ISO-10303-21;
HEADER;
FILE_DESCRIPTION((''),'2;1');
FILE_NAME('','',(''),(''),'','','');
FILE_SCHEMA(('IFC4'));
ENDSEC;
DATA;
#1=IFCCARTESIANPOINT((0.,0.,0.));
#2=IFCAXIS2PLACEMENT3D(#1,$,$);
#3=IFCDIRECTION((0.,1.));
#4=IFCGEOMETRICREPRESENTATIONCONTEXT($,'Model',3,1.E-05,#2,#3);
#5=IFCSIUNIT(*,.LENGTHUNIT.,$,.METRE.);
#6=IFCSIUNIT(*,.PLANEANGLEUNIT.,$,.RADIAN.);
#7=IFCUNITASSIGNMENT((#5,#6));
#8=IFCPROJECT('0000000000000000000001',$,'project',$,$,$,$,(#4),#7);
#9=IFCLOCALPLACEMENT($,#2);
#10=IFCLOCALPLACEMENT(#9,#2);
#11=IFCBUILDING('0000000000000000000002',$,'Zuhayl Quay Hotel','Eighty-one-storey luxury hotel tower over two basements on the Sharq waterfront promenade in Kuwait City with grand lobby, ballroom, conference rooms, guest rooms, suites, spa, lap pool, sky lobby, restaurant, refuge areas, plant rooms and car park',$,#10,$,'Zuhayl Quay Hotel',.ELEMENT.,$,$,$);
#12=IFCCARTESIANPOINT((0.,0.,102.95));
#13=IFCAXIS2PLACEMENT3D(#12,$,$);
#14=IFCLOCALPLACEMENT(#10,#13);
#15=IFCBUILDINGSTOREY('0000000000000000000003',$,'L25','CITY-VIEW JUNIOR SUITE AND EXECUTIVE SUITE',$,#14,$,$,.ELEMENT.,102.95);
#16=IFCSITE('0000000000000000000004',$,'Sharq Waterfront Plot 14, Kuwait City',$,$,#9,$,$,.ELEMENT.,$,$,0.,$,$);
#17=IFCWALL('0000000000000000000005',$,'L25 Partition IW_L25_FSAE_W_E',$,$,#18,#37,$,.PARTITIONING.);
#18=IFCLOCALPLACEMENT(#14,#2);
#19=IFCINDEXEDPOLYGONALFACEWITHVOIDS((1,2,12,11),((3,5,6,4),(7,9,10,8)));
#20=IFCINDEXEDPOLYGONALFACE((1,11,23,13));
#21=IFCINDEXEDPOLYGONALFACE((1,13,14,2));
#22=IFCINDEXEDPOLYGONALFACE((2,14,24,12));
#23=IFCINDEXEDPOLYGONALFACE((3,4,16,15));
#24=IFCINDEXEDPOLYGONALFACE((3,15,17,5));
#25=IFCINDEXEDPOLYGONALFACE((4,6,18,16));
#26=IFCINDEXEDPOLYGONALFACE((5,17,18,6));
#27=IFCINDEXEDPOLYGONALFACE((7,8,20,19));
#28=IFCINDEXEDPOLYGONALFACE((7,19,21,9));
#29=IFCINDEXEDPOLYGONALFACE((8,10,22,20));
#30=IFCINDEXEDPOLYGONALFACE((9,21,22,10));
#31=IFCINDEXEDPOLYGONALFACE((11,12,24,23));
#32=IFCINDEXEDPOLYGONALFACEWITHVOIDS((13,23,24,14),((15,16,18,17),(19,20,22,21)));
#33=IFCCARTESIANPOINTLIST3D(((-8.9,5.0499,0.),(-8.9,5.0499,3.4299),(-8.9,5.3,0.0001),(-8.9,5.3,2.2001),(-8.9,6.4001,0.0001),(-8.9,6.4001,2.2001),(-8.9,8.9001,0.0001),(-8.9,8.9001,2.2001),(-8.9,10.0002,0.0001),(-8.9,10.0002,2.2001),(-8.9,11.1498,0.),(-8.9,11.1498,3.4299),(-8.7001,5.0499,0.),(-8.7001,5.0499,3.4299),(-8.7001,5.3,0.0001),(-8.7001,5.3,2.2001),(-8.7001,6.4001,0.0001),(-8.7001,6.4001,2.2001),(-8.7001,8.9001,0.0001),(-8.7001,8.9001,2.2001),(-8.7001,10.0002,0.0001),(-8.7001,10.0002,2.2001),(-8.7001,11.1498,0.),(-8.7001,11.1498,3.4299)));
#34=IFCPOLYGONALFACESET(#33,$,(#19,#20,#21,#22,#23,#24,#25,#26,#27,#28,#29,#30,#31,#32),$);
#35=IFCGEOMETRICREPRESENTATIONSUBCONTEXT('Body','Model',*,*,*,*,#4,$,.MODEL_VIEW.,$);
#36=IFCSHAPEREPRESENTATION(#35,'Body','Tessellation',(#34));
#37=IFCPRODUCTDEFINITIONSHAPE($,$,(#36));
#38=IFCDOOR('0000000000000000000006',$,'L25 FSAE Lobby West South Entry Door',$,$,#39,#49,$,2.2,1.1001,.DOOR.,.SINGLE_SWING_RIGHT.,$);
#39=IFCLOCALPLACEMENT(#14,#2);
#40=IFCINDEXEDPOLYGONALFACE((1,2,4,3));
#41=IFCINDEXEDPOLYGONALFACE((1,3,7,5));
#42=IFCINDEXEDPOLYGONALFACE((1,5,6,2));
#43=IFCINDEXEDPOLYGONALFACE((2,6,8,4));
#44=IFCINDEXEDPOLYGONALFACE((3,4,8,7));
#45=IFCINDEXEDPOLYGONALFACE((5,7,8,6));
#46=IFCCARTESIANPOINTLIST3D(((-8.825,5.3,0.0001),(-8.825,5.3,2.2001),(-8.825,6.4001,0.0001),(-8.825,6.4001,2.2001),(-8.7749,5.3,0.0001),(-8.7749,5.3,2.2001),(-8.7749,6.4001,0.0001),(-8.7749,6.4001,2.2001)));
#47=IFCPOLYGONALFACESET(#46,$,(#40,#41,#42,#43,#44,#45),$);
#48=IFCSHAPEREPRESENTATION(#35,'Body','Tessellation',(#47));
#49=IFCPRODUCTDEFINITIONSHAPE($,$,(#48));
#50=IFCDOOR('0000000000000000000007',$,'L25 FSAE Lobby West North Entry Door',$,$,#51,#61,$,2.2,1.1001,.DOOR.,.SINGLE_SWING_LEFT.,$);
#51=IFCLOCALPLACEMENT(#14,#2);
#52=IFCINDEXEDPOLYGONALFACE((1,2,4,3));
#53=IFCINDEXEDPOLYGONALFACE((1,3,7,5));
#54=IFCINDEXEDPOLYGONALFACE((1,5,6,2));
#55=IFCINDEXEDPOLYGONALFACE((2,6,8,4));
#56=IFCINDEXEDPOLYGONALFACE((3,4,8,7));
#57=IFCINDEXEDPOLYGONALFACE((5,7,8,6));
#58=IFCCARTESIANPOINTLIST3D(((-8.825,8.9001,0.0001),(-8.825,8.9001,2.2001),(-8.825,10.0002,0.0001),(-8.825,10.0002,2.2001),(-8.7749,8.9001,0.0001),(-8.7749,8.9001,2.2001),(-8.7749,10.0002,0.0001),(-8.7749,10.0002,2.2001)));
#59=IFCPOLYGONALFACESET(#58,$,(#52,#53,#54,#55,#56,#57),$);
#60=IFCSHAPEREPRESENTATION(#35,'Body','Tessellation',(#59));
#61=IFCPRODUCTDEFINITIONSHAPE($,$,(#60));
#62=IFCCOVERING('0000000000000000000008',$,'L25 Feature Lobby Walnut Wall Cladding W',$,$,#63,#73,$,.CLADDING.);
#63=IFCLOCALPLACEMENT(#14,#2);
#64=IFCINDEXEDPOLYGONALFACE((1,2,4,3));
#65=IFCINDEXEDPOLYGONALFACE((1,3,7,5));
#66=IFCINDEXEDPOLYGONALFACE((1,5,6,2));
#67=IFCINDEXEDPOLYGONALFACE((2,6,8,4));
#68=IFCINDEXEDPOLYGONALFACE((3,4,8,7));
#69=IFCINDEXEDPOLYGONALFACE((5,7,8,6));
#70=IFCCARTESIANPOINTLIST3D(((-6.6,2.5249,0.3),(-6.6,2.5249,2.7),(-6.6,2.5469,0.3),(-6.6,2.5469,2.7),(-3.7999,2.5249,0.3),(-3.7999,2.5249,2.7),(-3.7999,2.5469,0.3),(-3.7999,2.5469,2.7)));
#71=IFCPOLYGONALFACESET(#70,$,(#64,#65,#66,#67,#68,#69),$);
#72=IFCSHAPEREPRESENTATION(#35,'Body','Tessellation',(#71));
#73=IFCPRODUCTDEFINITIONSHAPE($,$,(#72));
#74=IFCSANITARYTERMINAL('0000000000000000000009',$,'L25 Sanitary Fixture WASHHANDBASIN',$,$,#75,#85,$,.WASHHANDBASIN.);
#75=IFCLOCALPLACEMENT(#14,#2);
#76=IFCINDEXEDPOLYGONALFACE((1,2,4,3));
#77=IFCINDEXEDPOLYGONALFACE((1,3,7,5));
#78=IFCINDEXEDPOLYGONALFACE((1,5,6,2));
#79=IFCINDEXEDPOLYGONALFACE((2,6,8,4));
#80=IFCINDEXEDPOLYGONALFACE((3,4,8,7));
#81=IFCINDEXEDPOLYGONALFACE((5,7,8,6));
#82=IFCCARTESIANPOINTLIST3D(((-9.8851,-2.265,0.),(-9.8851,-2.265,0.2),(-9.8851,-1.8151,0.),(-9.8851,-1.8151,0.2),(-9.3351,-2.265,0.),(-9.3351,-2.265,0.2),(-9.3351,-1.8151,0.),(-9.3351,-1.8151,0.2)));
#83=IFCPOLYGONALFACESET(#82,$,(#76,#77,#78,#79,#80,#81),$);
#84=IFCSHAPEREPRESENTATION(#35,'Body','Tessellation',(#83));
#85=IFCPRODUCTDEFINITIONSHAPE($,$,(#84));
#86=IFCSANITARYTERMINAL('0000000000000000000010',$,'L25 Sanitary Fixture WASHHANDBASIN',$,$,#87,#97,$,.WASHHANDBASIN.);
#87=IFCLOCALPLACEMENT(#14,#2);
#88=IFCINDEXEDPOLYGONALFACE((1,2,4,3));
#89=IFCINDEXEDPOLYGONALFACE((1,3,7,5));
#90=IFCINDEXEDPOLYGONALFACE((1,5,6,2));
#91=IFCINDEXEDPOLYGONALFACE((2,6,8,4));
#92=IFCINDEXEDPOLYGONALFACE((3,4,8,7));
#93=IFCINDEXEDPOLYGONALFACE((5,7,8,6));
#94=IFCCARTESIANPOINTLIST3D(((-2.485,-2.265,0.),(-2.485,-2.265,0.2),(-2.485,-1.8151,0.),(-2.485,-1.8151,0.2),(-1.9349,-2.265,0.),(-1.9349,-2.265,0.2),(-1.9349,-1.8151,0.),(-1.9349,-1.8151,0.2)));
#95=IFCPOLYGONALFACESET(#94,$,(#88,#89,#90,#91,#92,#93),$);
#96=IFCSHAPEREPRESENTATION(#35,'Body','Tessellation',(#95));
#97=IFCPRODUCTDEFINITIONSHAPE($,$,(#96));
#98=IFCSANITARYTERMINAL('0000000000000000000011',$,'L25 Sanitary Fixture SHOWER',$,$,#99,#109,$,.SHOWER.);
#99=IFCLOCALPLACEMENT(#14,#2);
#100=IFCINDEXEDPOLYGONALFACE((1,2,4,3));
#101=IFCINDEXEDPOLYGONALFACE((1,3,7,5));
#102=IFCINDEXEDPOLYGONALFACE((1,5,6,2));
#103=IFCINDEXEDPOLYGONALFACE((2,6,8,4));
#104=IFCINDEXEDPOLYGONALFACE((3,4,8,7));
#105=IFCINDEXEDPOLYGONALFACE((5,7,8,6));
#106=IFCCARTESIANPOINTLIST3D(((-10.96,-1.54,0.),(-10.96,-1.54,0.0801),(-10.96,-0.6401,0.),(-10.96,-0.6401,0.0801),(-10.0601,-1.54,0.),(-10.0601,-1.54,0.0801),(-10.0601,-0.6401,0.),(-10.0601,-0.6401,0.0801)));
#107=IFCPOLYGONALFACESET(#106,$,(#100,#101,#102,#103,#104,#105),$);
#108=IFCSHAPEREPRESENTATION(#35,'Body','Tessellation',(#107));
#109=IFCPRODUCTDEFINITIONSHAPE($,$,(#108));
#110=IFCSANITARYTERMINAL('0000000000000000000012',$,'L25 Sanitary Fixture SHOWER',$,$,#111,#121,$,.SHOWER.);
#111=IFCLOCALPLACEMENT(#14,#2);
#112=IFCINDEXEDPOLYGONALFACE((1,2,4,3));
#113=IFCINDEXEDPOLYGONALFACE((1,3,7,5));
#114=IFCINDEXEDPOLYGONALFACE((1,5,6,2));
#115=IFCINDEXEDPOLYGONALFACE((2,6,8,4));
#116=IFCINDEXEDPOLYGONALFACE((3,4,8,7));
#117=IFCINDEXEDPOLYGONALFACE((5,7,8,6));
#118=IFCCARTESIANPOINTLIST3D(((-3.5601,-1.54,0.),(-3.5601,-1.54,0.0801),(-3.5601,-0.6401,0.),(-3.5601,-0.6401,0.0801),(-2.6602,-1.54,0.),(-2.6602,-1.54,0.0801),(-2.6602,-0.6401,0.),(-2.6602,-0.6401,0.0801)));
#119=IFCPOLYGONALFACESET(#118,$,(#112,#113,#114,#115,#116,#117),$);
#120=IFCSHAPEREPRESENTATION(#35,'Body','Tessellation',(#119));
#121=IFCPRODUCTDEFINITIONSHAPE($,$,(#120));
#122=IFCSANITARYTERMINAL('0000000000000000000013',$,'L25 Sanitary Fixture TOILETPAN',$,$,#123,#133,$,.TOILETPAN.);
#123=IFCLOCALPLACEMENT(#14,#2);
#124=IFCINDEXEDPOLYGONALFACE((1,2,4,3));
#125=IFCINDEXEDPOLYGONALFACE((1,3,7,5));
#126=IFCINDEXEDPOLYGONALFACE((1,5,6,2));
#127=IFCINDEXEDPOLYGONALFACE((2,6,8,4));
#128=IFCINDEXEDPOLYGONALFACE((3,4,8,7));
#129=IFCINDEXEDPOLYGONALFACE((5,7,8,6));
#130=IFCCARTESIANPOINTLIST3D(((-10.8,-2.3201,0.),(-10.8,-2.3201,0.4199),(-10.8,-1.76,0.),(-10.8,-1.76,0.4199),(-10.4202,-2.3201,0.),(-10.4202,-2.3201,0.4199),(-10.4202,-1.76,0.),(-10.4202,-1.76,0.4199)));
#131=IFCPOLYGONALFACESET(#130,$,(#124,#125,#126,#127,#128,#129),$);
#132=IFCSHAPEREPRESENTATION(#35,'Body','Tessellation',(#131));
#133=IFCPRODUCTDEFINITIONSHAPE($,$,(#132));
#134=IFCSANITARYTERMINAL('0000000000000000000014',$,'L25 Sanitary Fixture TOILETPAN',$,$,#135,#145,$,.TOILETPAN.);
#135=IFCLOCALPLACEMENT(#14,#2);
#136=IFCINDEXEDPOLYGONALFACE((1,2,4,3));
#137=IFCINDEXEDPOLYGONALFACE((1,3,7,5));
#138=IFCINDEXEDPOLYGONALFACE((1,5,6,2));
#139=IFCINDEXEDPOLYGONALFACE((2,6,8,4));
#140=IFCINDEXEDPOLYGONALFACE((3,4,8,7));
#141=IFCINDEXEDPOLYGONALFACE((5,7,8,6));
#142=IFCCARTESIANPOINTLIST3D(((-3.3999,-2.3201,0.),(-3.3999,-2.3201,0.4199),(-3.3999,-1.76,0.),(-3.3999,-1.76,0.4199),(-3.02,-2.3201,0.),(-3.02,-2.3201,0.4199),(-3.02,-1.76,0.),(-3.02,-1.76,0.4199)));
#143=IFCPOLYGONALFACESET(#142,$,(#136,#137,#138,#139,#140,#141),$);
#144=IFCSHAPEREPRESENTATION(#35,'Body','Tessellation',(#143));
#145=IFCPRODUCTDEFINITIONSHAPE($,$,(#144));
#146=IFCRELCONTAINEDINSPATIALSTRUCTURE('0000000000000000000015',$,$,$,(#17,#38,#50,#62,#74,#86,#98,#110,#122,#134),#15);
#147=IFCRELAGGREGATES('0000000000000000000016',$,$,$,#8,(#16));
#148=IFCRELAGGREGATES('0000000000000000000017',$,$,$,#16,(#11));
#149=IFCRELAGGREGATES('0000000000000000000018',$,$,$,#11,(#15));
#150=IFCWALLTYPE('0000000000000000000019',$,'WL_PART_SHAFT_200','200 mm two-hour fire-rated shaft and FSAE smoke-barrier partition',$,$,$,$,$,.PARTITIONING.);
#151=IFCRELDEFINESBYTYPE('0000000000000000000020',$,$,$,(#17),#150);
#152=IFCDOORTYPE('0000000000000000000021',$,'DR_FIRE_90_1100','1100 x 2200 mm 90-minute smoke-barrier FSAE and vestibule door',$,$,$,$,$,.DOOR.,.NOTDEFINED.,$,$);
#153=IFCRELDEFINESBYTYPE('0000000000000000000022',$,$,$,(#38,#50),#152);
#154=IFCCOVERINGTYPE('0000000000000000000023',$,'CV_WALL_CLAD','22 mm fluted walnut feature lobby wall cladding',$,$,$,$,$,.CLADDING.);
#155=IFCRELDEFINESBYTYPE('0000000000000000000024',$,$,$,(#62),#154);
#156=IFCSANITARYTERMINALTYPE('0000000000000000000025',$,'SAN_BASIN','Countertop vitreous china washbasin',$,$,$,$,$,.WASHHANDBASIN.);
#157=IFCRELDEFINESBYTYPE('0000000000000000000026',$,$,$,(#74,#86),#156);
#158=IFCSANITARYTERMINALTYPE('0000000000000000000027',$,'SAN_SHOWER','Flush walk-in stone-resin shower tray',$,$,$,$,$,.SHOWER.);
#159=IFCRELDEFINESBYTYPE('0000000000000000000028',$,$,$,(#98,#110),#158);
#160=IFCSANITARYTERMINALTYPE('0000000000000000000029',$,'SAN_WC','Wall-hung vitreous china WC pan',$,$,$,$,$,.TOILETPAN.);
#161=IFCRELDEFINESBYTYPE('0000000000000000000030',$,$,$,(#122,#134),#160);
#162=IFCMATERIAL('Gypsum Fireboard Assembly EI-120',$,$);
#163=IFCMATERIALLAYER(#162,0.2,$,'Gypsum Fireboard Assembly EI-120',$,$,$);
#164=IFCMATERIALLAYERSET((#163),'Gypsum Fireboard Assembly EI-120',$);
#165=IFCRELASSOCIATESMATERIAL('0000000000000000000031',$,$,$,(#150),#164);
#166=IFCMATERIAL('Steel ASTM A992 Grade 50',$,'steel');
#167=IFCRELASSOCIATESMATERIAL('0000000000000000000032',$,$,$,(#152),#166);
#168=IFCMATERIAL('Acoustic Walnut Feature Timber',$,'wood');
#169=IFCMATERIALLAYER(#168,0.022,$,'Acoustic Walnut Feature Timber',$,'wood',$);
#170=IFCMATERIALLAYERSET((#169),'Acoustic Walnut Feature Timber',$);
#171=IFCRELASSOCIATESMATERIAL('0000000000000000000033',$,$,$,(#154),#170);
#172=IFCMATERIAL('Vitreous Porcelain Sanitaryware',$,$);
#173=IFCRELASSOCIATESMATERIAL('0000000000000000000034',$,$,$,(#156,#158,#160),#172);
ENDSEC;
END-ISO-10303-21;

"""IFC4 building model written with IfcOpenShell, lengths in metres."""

from ifc_helpers import new_model, si_unit, direction, frame, frame_2d, origin, origin_2d, place, context, subcontext, project, spatial, rectangle, extrude, material, layer, layer_set, type_object, element, fill, save


model = new_model("IFC4")

# Units and contexts
model_context = context("Model", 3, precision=1e-05, world=origin(), true_north=direction((0.0, 1.0)))
body_context = subcontext(model_context, "Body", "Model", "MODEL_VIEW")
ifc_project = project(units=[si_unit("LENGTHUNIT", "METRE"), si_unit("PLANEANGLEUNIT", "RADIAN")], contexts=[model_context])

# Site, building, storey
site_placement = place(None, origin())
site = spatial("IfcSite", under=ifc_project, at=site_placement, Name="Sharq Waterfront Plot 14, Kuwait City", CompositionType="ELEMENT", RefElevation=0.0)
building_placement = place(site_placement, origin())
building = spatial("IfcBuilding", under=site, at=building_placement, Name="Zuhayl Quay Hotel", Description="Eighty-one-storey luxury hotel tower over two basements on the Sharq waterfront promenade in Kuwait City with grand lobby, ballroom, conference rooms, guest rooms, suites, spa, lap pool, sky lobby, restaurant, refuge areas, plant rooms and car park", LongName="Zuhayl Quay Hotel", CompositionType="ELEMENT")
storey_placement = place(building_placement, frame((0.0, 0.0, 102.95)))
storey = spatial("IfcBuildingStorey", under=building, at=storey_placement, Name="L25", Description="CITY-VIEW JUNIOR SUITE AND EXECUTIVE SUITE", CompositionType="ELEMENT", Elevation=102.95)

# Shared definitions
ifc_material_1 = material(Name="Steel ASTM A992 Grade 50", Category="steel")

# Wall, openings, doors
ifc_material_2 = material(Name="Gypsum Fireboard Assembly EI-120")
ifc_layer_1 = layer(ifc_material_2, 0.2, Name="Gypsum Fireboard Assembly EI-120")
ifc_layer_set_1 = layer_set([ifc_layer_1], Name="Gypsum Fireboard Assembly EI-120")
wall_type_1 = type_object("IfcWallType", Name="WL_PART_SHAFT_200", Description="200 mm two-hour fire-rated shaft and FSAE smoke-barrier partition", PredefinedType="PARTITIONING", material=ifc_layer_set_1)
wall_1_placement = place(storey_placement, frame((-8.8, 5.05, 0.0), z_axis=(0.0, 0.0, 1.0), x_axis=(0.0, 1.0, 0.0)))
wall_1 = element("IfcWall", 1, at=wall_1_placement, inside=storey, type_object=wall_type_1, Name="L25 Partition IW_L25_FSAE_W_E", PredefinedType="PARTITIONING", context=body_context, shape_type="SweptSolid", body=[
    extrude(rectangle(XDim=6.0999, YDim=0.2, at=frame_2d((3.0498, 0.0))), origin(), (0.0, 0.0, 1.0), 3.4299),
])
opening_1_placement = place(wall_1_placement, frame((0.25, 0.0, 0.0)))
opening_1 = element("IfcOpeningElement", 2, at=opening_1_placement, cuts=wall_1, PredefinedType="OPENING", context=body_context, shape_type="SweptSolid", body=[
    extrude(rectangle(XDim=1.1001, YDim=2.2, at=frame_2d((0.55, 1.1001))), frame((0.0, 0.1099, 0.0), z_axis=(0.0, -1.0, 0.0), x_axis=(1.0, 0.0, 0.0)), (0.0, 0.0, 1.0), 0.22),
])
opening_2_placement = place(wall_1_placement, frame((3.8501, 0.0, 0.0)))
opening_2 = element("IfcOpeningElement", 3, at=opening_2_placement, cuts=wall_1, PredefinedType="OPENING", context=body_context, shape_type="SweptSolid", body=[
    extrude(rectangle(XDim=1.1001, YDim=2.2, at=frame_2d((0.55, 1.1001))), frame((0.0, 0.1099, 0.0), z_axis=(0.0, -1.0, 0.0), x_axis=(1.0, 0.0, 0.0)), (0.0, 0.0, 1.0), 0.22),
])
door_type_1 = type_object("IfcDoorType", Name="DR_FIRE_90_1100", Description="1100 x 2200 mm 90-minute smoke-barrier FSAE and vestibule door", OperationType="NOTDEFINED", PredefinedType="DOOR", material=ifc_material_1)
door_1_placement = place(opening_1_placement, origin())
door_1 = element("IfcDoor", 4, at=door_1_placement, inside=storey, type_object=door_type_1, Name="L25 FSAE Lobby West South Entry Door", OperationType="SINGLE_SWING_RIGHT", OverallHeight=2.2, OverallWidth=1.1001, PredefinedType="DOOR", context=body_context, shape_type="SweptSolid", body=[
    extrude(rectangle(XDim=1.1001, YDim=2.2, at=frame_2d((0.55, 1.1001))), frame((0.0, 0.0249, 0.0), z_axis=(0.0, -1.0, 0.0), x_axis=(1.0, 0.0, 0.0)), (0.0, 0.0, 1.0), 0.05),
])
fill(opening_1, door_1)
door_2_placement = place(opening_2_placement, origin())
door_2 = element("IfcDoor", 5, at=door_2_placement, inside=storey, type_object=door_type_1, Name="L25 FSAE Lobby West North Entry Door", OperationType="SINGLE_SWING_LEFT", OverallHeight=2.2, OverallWidth=1.1001, PredefinedType="DOOR", context=body_context, shape_type="SweptSolid", body=[
    extrude(rectangle(XDim=1.1001, YDim=2.2, at=frame_2d((0.55, 1.1001))), frame((0.0, 0.0249, 0.0), z_axis=(0.0, -1.0, 0.0), x_axis=(1.0, 0.0, 0.0)), (0.0, 0.0, 1.0), 0.05),
])
fill(opening_2, door_2)

# Covering
ifc_material_3 = material(Name="Acoustic Walnut Feature Timber", Category="wood")
ifc_layer_2 = layer(ifc_material_3, 0.022, Name="Acoustic Walnut Feature Timber", Category="wood")
ifc_layer_set_2 = layer_set([ifc_layer_2], Name="Acoustic Walnut Feature Timber")
covering_type = type_object("IfcCoveringType", Name="CV_WALL_CLAD", Description="22 mm fluted walnut feature lobby wall cladding", PredefinedType="CLADDING", material=ifc_layer_set_2)
covering_placement = place(storey_placement, frame((-5.2, 2.5359, 0.3), z_axis=(0.0, 0.0, 1.0), x_axis=(1.0, 0.0, 0.0)))
element("IfcCovering", 6, at=covering_placement, inside=storey, type_object=covering_type, Name="L25 Feature Lobby Walnut Wall Cladding W", PredefinedType="CLADDING", context=body_context, shape_type="SweptSolid", body=[
    extrude(rectangle(XDim=2.8, YDim=0.022, at=origin_2d()), origin(), (0.0, 0.0, 1.0), 2.3999),
])

# Sanitary terminals
ifc_material_4 = material(Name="Vitreous Porcelain Sanitaryware")
sanitary_terminal_type_1 = type_object("IfcSanitaryTerminalType", Name="SAN_BASIN", Description="Countertop vitreous china washbasin", PredefinedType="WASHHANDBASIN", material=ifc_material_4)
for number, where, z_axis, x_axis, name in (
    (7, (-9.6101, -2.04, 0.0), (0.0, 0.0, 1.0), (1.0, 0.0, 0.0), "L25 Sanitary Fixture WASHHANDBASIN"),
    (8, (-2.21, -2.04, 0.0), (0.0, 0.0, 1.0), (1.0, 0.0, 0.0), "L25 Sanitary Fixture WASHHANDBASIN"),
):
    element("IfcSanitaryTerminal", number, at=place(storey_placement, frame(where, z_axis=z_axis, x_axis=x_axis)), inside=storey, type_object=sanitary_terminal_type_1, Name=name, PredefinedType="WASHHANDBASIN", context=body_context, shape_type="SweptSolid", body=[
        extrude(rectangle(XDim=0.55, YDim=0.45, at=origin_2d()), origin(), (0.0, 0.0, 1.0), 0.2),
    ])
sanitary_terminal_type_2 = type_object("IfcSanitaryTerminalType", Name="SAN_SHOWER", Description="Flush walk-in stone-resin shower tray", PredefinedType="SHOWER", material=ifc_material_4)
for number, where, z_axis, x_axis, name in (
    (9, (-10.51, -1.0901, 0.0), (0.0, 0.0, 1.0), (1.0, 0.0, 0.0), "L25 Sanitary Fixture SHOWER"),
    (10, (-3.1101, -1.0901, 0.0), (0.0, 0.0, 1.0), (1.0, 0.0, 0.0), "L25 Sanitary Fixture SHOWER"),
):
    element("IfcSanitaryTerminal", number, at=place(storey_placement, frame(where, z_axis=z_axis, x_axis=x_axis)), inside=storey, type_object=sanitary_terminal_type_2, Name=name, PredefinedType="SHOWER", context=body_context, shape_type="SweptSolid", body=[
        extrude(rectangle(XDim=0.8999, YDim=0.8999, at=origin_2d()), origin(), (0.0, 0.0, 1.0), 0.0801),
    ])
sanitary_terminal_type_3 = type_object("IfcSanitaryTerminalType", Name="SAN_WC", Description="Wall-hung vitreous china WC pan", PredefinedType="TOILETPAN", material=ifc_material_4)
for number, where, z_axis, x_axis, name in (
    (11, (-10.6101, -2.04, 0.0), (0.0, 0.0, 1.0), (1.0, 0.0, 0.0), "L25 Sanitary Fixture TOILETPAN"),
    (12, (-3.21, -2.04, 0.0), (0.0, 0.0, 1.0), (1.0, 0.0, 0.0), "L25 Sanitary Fixture TOILETPAN"),
):
    element("IfcSanitaryTerminal", number, at=place(storey_placement, frame(where, z_axis=z_axis, x_axis=x_axis)), inside=storey, type_object=sanitary_terminal_type_3, Name=name, PredefinedType="TOILETPAN", context=body_context, shape_type="SweptSolid", body=[
        extrude(rectangle(XDim=0.3799, YDim=0.5601, at=origin_2d()), origin(), (0.0, 0.0, 1.0), 0.4199),
    ])

save(model, "model.ifc")
